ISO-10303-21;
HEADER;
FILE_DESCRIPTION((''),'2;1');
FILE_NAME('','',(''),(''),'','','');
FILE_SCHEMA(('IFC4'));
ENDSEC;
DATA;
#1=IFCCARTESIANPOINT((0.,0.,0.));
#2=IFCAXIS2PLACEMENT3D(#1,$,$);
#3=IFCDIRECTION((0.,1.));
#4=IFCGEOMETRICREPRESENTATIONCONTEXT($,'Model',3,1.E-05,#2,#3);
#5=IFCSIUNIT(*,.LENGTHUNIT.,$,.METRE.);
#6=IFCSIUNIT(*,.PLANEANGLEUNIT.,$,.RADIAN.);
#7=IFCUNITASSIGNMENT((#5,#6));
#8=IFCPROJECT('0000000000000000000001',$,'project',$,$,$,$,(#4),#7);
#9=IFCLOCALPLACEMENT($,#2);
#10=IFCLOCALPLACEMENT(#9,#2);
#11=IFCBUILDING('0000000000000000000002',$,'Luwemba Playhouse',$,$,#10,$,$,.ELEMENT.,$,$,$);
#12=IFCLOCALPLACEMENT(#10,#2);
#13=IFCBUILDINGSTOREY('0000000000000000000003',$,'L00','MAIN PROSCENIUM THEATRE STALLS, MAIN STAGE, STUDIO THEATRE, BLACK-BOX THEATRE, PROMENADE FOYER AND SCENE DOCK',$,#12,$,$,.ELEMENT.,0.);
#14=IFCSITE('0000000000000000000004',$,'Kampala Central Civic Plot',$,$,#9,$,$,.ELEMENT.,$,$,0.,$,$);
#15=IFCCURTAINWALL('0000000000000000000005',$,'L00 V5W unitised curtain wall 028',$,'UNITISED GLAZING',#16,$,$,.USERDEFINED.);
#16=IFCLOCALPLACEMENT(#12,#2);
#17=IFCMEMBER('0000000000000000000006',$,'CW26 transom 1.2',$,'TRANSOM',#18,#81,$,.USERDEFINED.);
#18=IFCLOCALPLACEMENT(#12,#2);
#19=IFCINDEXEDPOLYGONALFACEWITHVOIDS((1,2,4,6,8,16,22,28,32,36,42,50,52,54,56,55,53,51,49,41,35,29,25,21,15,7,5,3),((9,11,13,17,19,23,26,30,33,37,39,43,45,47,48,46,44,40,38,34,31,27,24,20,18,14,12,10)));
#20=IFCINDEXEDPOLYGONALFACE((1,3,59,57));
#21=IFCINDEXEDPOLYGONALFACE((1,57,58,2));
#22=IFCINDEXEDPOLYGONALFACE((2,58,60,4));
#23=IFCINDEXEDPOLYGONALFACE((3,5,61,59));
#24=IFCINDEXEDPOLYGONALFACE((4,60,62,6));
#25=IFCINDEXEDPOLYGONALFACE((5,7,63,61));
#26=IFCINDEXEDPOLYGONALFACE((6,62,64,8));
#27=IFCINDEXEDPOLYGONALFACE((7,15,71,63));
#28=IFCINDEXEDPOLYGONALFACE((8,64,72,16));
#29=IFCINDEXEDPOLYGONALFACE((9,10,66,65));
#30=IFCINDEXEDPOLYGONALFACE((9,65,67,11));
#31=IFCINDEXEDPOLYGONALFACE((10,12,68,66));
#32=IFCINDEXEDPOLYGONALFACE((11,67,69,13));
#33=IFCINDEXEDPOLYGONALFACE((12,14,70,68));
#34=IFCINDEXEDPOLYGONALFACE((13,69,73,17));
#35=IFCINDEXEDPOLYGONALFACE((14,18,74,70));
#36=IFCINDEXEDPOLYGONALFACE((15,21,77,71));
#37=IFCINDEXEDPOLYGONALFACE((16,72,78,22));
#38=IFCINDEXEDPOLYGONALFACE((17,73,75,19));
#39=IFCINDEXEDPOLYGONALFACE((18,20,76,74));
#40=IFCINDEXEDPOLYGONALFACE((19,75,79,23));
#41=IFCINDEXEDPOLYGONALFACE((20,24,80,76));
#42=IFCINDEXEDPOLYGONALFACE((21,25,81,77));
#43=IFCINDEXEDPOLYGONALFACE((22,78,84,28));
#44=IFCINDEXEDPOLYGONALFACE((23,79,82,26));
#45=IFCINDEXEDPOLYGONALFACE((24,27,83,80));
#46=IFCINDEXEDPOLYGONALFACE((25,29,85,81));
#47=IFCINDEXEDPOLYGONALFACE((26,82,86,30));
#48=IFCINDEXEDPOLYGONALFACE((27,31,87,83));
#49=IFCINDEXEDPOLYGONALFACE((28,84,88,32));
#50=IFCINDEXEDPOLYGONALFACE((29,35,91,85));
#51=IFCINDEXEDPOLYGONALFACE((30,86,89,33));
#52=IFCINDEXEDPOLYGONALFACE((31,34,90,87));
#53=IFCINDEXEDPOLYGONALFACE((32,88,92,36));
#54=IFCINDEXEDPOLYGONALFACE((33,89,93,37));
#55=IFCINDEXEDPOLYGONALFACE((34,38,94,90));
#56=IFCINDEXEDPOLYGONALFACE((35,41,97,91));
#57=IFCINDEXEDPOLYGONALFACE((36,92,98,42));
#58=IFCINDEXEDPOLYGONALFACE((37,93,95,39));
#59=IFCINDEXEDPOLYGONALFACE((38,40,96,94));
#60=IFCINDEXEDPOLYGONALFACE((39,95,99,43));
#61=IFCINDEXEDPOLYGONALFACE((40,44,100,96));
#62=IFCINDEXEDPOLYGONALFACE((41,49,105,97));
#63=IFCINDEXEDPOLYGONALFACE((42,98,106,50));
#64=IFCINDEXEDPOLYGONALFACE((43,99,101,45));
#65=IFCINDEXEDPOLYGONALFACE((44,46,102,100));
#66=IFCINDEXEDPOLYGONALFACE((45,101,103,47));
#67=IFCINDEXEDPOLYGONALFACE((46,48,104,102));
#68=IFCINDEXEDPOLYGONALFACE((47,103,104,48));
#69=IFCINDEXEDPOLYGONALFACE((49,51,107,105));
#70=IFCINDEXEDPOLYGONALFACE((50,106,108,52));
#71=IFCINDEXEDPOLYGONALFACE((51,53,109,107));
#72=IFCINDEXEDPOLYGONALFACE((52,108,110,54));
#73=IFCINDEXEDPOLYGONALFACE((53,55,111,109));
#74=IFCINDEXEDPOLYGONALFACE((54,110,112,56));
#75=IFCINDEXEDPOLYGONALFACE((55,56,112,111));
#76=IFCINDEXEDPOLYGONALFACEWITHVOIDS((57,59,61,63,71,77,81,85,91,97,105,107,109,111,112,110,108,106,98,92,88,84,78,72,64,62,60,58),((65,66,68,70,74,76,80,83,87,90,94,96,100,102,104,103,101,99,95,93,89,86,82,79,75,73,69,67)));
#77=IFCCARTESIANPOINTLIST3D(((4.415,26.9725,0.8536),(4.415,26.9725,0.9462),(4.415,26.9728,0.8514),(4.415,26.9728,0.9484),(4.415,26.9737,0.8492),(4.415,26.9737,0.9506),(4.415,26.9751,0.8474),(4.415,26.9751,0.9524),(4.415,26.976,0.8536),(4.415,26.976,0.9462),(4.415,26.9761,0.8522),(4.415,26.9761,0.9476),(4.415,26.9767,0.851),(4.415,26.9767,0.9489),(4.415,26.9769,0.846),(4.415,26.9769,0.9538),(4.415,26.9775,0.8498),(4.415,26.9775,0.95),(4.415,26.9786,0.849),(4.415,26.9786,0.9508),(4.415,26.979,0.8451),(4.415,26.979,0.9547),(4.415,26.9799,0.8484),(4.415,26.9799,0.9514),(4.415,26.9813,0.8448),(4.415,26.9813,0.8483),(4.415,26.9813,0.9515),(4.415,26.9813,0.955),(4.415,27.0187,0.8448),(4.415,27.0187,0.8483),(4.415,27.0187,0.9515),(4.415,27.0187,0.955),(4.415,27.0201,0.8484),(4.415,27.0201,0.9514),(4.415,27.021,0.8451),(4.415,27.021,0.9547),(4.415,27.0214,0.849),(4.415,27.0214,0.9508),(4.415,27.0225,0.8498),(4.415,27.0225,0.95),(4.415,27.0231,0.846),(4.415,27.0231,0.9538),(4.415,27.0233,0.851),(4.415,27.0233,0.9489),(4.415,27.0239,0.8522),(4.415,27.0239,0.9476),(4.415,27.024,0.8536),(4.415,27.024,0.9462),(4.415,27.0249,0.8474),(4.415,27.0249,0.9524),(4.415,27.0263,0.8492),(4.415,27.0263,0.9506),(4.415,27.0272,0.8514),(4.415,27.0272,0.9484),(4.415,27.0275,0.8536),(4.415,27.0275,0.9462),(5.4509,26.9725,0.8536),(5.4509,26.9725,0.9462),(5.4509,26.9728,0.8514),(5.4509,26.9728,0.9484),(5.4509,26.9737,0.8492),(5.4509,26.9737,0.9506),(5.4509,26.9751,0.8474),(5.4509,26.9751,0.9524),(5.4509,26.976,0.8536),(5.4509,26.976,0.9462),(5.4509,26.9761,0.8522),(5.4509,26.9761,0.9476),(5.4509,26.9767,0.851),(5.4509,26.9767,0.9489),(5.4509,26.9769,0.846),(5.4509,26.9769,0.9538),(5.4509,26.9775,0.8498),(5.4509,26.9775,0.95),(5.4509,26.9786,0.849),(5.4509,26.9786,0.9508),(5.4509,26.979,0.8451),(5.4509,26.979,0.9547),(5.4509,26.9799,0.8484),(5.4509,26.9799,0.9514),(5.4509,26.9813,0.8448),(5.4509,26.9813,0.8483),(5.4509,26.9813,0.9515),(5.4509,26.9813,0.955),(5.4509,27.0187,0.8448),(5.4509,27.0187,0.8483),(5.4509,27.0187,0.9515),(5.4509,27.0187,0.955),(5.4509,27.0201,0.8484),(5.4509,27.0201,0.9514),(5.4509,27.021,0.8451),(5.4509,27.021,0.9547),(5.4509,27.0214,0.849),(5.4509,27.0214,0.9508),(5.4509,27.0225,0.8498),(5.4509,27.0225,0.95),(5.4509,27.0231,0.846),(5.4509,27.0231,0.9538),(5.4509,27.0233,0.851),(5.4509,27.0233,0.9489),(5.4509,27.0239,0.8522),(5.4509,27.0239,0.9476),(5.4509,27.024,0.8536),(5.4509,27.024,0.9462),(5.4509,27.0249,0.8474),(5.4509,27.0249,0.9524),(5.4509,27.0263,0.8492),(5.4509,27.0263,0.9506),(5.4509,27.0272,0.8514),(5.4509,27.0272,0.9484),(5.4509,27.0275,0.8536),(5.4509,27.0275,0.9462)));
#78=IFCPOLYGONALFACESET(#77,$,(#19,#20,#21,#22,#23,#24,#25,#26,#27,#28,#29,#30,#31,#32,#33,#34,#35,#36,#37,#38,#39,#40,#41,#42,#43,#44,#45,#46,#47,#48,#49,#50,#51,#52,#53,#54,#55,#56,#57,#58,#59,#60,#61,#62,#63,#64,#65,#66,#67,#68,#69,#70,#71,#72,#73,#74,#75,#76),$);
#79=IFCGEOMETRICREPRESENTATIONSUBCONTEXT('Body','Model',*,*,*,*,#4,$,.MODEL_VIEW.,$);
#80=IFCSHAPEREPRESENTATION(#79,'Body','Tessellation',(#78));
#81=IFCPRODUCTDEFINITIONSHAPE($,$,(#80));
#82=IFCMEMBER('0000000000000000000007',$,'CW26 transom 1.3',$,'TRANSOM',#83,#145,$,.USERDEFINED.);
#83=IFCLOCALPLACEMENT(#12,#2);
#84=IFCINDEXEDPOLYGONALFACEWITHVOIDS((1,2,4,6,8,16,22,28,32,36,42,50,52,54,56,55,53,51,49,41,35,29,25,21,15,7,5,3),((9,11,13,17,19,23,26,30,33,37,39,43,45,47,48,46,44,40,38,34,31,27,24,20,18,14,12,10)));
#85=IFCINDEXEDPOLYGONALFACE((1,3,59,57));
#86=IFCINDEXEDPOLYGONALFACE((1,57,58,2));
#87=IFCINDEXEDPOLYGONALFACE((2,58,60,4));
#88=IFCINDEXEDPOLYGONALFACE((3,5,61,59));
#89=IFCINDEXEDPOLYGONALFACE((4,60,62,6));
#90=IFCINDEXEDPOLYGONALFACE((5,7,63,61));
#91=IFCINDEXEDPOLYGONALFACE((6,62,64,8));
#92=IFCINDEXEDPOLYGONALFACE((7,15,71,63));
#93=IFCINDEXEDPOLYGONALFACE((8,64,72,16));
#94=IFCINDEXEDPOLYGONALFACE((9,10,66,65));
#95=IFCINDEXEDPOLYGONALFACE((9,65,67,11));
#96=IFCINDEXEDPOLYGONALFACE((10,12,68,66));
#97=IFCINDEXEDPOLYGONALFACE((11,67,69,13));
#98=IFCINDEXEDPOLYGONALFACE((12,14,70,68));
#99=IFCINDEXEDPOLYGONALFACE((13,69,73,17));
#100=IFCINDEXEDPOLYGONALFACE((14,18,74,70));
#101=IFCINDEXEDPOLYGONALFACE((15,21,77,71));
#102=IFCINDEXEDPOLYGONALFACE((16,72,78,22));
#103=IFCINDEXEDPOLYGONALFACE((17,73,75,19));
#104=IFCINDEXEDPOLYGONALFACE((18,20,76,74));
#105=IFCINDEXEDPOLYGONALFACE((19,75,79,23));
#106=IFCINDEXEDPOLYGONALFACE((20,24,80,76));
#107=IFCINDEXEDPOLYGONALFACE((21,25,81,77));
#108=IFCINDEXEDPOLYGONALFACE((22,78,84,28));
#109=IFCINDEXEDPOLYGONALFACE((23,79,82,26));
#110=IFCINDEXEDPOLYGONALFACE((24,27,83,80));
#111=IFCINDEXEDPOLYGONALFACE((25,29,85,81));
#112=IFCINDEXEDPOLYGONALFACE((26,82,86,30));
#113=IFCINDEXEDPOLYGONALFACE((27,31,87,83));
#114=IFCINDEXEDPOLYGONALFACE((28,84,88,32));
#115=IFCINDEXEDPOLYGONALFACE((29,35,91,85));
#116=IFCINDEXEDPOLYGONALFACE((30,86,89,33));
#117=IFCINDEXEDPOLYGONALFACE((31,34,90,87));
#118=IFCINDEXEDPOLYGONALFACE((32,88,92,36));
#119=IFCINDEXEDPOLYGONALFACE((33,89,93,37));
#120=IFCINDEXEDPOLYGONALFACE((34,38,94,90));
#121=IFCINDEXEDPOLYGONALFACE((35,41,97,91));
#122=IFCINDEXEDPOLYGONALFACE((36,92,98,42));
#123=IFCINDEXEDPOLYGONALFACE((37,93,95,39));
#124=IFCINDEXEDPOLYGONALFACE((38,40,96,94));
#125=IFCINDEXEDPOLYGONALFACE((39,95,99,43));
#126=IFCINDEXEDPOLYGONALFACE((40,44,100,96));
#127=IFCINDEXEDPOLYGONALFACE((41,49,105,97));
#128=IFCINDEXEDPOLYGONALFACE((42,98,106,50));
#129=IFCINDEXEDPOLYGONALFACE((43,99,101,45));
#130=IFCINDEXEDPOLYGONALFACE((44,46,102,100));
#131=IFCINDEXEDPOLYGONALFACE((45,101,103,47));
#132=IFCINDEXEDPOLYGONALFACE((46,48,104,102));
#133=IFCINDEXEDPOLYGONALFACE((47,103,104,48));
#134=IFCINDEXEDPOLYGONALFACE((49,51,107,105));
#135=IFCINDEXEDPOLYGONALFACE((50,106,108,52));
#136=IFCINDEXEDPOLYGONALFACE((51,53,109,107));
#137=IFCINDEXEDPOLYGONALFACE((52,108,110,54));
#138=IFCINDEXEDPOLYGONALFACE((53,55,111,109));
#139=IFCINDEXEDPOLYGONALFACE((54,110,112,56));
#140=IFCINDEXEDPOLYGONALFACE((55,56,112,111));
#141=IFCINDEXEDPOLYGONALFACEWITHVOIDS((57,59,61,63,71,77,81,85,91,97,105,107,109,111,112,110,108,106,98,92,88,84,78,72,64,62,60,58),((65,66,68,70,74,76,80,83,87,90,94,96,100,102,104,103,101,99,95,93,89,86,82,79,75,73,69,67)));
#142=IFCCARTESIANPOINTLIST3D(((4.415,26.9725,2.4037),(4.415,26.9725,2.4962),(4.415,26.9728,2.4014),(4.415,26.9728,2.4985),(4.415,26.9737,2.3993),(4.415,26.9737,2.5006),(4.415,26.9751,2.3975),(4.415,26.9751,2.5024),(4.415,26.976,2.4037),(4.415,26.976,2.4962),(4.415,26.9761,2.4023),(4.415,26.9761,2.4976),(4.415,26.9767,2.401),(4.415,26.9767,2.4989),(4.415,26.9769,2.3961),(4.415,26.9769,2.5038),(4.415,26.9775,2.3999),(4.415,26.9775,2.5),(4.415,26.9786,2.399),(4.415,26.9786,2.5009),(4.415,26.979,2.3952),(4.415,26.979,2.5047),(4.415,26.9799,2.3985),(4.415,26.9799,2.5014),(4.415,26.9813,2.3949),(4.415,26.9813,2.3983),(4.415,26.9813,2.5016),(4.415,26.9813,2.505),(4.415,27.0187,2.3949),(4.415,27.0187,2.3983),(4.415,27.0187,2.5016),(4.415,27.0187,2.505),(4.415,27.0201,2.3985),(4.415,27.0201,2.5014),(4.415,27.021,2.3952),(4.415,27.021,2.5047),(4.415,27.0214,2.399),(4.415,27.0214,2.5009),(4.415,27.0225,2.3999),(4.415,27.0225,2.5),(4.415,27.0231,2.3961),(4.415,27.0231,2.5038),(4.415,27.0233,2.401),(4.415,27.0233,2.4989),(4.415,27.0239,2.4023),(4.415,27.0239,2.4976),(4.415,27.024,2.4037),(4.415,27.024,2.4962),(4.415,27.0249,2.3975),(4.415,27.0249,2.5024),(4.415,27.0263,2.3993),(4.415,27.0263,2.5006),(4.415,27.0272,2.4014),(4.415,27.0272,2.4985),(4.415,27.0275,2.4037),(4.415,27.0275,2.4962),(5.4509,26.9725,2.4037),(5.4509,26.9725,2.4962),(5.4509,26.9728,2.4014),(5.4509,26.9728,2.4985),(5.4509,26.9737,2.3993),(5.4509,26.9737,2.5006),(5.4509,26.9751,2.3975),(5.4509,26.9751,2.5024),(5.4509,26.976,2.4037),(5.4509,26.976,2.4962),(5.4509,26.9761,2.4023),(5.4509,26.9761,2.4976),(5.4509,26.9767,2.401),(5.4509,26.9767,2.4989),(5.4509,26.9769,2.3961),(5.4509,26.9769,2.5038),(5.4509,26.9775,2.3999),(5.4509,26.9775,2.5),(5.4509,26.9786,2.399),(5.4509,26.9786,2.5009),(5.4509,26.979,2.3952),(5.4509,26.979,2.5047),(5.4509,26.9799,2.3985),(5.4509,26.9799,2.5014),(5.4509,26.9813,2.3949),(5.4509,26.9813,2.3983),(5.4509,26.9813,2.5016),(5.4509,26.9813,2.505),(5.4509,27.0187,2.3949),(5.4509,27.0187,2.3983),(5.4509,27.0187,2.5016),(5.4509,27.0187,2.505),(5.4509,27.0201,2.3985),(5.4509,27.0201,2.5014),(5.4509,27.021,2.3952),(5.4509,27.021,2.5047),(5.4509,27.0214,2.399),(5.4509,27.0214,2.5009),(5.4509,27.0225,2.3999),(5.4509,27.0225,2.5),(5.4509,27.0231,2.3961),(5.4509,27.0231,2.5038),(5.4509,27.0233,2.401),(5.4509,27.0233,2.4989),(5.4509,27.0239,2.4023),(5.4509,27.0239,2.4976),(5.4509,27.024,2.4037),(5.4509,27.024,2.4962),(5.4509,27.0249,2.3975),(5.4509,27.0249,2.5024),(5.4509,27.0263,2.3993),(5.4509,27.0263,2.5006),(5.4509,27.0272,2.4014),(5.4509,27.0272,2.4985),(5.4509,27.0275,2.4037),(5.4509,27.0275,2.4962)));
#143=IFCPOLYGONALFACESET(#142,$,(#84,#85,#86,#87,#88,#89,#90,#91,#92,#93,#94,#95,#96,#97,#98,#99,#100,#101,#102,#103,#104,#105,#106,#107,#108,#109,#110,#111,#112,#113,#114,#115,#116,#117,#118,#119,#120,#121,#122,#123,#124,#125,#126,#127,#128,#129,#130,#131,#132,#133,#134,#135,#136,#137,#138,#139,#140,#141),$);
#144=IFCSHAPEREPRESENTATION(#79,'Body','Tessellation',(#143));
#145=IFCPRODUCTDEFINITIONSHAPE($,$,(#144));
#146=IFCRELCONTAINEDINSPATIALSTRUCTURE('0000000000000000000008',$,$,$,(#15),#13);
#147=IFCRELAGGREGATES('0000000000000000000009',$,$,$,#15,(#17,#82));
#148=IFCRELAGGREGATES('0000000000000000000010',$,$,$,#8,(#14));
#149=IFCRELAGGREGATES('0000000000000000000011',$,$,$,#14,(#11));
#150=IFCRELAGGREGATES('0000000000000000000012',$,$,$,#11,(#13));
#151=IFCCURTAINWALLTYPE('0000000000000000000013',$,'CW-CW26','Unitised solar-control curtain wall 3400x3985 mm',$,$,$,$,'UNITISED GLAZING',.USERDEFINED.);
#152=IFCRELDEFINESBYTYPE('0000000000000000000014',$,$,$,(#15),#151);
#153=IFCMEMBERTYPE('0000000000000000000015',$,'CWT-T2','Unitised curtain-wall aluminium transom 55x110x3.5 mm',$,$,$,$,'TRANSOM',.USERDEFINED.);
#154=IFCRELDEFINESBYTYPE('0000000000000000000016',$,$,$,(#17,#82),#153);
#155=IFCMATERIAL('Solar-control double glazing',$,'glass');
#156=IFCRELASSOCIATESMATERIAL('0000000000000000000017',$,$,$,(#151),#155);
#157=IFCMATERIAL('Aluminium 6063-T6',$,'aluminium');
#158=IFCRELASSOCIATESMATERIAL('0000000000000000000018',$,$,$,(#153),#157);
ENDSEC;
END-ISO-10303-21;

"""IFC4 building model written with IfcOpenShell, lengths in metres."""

from ifc_helpers import new_model, si_unit, direction, frame, origin, origin_2d, place, context, subcontext, project, spatial, hollow_rectangle, extrude, material, material_profile, profile_set, type_object, element, aggregate, save


model = new_model("IFC4")

# Units and contexts
model_context = context("Model", 3, precision=1e-05, world=origin(), true_north=direction((0.0, 1.0)))
body_context = subcontext(model_context, "Body", "Model", "MODEL_VIEW")
ifc_project = project(units=[si_unit("LENGTHUNIT", "METRE"), si_unit("PLANEANGLEUNIT", "RADIAN")], contexts=[model_context])

# Site, building, storey
site_placement = place(None, origin())
site = spatial("IfcSite", under=ifc_project, at=site_placement, Name="Kampala Central Civic Plot", CompositionType="ELEMENT", RefElevation=0.0)
building_placement = place(site_placement, origin())
building = spatial("IfcBuilding", under=site, at=building_placement, Name="Luwemba Playhouse", CompositionType="ELEMENT")
storey_placement = place(building_placement, origin())
storey = spatial("IfcBuildingStorey", under=building, at=storey_placement, Name="L00", Description="MAIN PROSCENIUM THEATRE STALLS, MAIN STAGE, STUDIO THEATRE, BLACK-BOX THEATRE, PROMENADE FOYER AND SCENE DOCK", CompositionType="ELEMENT", Elevation=0.0)

# Shared definitions
ifc_material_1 = material(Name="Solar-control double glazing", Category="glass")
ifc_material_2 = material(Name="Aluminium 6063-T6", Category="aluminium")

# Curtain wall
curtain_wall_type_1 = type_object("IfcCurtainWallType", Name="CW-CW26", Description="Unitised solar-control curtain wall 3400x3985 mm", ElementType="UNITISED GLAZING", PredefinedType="USERDEFINED", material=ifc_material_1)
curtain_wall_1_placement = place(storey_placement, origin())
curtain_wall_1 = element("IfcCurtainWall", 1, at=curtain_wall_1_placement, inside=storey, type_object=curtain_wall_type_1, Name="L00 V5W unitised curtain wall 028", ObjectType="UNITISED GLAZING", PredefinedType="USERDEFINED")

# Members
ifc_material_profile_1 = material_profile(ifc_material_2, hollow_rectangle(XDim=0.0549, YDim=0.1101, WallThickness=0.0034, InnerFilletRadius=0.0054, OuterFilletRadius=0.0088, at=origin_2d()))
ifc_profile_set_1 = profile_set([ifc_material_profile_1], Name="Aluminium 6063-T6")
member_type_1 = type_object("IfcMemberType", Name="CWT-T2", Description="Unitised curtain-wall aluminium transom 55x110x3.5 mm", ElementType="TRANSOM", PredefinedType="USERDEFINED", material=ifc_profile_set_1)
member_1_placement = place(storey_placement, frame((4.415, 27.0, 0.8999), z_axis=(1.0, 0.0, 0.0), x_axis=(0.0, 1.0, 0.0)))
member_1 = element("IfcMember", 2, at=member_1_placement, type_object=member_type_1, Name="CW26 transom 1.2", ObjectType="TRANSOM", PredefinedType="USERDEFINED", context=body_context, shape_type="SweptSolid", body=[
    extrude(hollow_rectangle(XDim=0.0549, YDim=0.1101, WallThickness=0.0034, InnerFilletRadius=0.0054, OuterFilletRadius=0.0088, at=origin_2d()), origin(), (0.0, 0.0, 1.0), 1.0359),
])
member_2_placement = place(storey_placement, frame((4.415, 27.0, 2.45), z_axis=(1.0, 0.0, 0.0), x_axis=(0.0, 1.0, 0.0)))
member_2 = element("IfcMember", 3, at=member_2_placement, type_object=member_type_1, Name="CW26 transom 1.3", ObjectType="TRANSOM", PredefinedType="USERDEFINED", context=body_context, shape_type="SweptSolid", body=[
    extrude(hollow_rectangle(XDim=0.0549, YDim=0.1101, WallThickness=0.0034, InnerFilletRadius=0.0054, OuterFilletRadius=0.0088, at=origin_2d()), origin(), (0.0, 0.0, 1.0), 1.0359),
])

aggregate(curtain_wall_1, [member_1, member_2])

save(model, "model.ifc")
